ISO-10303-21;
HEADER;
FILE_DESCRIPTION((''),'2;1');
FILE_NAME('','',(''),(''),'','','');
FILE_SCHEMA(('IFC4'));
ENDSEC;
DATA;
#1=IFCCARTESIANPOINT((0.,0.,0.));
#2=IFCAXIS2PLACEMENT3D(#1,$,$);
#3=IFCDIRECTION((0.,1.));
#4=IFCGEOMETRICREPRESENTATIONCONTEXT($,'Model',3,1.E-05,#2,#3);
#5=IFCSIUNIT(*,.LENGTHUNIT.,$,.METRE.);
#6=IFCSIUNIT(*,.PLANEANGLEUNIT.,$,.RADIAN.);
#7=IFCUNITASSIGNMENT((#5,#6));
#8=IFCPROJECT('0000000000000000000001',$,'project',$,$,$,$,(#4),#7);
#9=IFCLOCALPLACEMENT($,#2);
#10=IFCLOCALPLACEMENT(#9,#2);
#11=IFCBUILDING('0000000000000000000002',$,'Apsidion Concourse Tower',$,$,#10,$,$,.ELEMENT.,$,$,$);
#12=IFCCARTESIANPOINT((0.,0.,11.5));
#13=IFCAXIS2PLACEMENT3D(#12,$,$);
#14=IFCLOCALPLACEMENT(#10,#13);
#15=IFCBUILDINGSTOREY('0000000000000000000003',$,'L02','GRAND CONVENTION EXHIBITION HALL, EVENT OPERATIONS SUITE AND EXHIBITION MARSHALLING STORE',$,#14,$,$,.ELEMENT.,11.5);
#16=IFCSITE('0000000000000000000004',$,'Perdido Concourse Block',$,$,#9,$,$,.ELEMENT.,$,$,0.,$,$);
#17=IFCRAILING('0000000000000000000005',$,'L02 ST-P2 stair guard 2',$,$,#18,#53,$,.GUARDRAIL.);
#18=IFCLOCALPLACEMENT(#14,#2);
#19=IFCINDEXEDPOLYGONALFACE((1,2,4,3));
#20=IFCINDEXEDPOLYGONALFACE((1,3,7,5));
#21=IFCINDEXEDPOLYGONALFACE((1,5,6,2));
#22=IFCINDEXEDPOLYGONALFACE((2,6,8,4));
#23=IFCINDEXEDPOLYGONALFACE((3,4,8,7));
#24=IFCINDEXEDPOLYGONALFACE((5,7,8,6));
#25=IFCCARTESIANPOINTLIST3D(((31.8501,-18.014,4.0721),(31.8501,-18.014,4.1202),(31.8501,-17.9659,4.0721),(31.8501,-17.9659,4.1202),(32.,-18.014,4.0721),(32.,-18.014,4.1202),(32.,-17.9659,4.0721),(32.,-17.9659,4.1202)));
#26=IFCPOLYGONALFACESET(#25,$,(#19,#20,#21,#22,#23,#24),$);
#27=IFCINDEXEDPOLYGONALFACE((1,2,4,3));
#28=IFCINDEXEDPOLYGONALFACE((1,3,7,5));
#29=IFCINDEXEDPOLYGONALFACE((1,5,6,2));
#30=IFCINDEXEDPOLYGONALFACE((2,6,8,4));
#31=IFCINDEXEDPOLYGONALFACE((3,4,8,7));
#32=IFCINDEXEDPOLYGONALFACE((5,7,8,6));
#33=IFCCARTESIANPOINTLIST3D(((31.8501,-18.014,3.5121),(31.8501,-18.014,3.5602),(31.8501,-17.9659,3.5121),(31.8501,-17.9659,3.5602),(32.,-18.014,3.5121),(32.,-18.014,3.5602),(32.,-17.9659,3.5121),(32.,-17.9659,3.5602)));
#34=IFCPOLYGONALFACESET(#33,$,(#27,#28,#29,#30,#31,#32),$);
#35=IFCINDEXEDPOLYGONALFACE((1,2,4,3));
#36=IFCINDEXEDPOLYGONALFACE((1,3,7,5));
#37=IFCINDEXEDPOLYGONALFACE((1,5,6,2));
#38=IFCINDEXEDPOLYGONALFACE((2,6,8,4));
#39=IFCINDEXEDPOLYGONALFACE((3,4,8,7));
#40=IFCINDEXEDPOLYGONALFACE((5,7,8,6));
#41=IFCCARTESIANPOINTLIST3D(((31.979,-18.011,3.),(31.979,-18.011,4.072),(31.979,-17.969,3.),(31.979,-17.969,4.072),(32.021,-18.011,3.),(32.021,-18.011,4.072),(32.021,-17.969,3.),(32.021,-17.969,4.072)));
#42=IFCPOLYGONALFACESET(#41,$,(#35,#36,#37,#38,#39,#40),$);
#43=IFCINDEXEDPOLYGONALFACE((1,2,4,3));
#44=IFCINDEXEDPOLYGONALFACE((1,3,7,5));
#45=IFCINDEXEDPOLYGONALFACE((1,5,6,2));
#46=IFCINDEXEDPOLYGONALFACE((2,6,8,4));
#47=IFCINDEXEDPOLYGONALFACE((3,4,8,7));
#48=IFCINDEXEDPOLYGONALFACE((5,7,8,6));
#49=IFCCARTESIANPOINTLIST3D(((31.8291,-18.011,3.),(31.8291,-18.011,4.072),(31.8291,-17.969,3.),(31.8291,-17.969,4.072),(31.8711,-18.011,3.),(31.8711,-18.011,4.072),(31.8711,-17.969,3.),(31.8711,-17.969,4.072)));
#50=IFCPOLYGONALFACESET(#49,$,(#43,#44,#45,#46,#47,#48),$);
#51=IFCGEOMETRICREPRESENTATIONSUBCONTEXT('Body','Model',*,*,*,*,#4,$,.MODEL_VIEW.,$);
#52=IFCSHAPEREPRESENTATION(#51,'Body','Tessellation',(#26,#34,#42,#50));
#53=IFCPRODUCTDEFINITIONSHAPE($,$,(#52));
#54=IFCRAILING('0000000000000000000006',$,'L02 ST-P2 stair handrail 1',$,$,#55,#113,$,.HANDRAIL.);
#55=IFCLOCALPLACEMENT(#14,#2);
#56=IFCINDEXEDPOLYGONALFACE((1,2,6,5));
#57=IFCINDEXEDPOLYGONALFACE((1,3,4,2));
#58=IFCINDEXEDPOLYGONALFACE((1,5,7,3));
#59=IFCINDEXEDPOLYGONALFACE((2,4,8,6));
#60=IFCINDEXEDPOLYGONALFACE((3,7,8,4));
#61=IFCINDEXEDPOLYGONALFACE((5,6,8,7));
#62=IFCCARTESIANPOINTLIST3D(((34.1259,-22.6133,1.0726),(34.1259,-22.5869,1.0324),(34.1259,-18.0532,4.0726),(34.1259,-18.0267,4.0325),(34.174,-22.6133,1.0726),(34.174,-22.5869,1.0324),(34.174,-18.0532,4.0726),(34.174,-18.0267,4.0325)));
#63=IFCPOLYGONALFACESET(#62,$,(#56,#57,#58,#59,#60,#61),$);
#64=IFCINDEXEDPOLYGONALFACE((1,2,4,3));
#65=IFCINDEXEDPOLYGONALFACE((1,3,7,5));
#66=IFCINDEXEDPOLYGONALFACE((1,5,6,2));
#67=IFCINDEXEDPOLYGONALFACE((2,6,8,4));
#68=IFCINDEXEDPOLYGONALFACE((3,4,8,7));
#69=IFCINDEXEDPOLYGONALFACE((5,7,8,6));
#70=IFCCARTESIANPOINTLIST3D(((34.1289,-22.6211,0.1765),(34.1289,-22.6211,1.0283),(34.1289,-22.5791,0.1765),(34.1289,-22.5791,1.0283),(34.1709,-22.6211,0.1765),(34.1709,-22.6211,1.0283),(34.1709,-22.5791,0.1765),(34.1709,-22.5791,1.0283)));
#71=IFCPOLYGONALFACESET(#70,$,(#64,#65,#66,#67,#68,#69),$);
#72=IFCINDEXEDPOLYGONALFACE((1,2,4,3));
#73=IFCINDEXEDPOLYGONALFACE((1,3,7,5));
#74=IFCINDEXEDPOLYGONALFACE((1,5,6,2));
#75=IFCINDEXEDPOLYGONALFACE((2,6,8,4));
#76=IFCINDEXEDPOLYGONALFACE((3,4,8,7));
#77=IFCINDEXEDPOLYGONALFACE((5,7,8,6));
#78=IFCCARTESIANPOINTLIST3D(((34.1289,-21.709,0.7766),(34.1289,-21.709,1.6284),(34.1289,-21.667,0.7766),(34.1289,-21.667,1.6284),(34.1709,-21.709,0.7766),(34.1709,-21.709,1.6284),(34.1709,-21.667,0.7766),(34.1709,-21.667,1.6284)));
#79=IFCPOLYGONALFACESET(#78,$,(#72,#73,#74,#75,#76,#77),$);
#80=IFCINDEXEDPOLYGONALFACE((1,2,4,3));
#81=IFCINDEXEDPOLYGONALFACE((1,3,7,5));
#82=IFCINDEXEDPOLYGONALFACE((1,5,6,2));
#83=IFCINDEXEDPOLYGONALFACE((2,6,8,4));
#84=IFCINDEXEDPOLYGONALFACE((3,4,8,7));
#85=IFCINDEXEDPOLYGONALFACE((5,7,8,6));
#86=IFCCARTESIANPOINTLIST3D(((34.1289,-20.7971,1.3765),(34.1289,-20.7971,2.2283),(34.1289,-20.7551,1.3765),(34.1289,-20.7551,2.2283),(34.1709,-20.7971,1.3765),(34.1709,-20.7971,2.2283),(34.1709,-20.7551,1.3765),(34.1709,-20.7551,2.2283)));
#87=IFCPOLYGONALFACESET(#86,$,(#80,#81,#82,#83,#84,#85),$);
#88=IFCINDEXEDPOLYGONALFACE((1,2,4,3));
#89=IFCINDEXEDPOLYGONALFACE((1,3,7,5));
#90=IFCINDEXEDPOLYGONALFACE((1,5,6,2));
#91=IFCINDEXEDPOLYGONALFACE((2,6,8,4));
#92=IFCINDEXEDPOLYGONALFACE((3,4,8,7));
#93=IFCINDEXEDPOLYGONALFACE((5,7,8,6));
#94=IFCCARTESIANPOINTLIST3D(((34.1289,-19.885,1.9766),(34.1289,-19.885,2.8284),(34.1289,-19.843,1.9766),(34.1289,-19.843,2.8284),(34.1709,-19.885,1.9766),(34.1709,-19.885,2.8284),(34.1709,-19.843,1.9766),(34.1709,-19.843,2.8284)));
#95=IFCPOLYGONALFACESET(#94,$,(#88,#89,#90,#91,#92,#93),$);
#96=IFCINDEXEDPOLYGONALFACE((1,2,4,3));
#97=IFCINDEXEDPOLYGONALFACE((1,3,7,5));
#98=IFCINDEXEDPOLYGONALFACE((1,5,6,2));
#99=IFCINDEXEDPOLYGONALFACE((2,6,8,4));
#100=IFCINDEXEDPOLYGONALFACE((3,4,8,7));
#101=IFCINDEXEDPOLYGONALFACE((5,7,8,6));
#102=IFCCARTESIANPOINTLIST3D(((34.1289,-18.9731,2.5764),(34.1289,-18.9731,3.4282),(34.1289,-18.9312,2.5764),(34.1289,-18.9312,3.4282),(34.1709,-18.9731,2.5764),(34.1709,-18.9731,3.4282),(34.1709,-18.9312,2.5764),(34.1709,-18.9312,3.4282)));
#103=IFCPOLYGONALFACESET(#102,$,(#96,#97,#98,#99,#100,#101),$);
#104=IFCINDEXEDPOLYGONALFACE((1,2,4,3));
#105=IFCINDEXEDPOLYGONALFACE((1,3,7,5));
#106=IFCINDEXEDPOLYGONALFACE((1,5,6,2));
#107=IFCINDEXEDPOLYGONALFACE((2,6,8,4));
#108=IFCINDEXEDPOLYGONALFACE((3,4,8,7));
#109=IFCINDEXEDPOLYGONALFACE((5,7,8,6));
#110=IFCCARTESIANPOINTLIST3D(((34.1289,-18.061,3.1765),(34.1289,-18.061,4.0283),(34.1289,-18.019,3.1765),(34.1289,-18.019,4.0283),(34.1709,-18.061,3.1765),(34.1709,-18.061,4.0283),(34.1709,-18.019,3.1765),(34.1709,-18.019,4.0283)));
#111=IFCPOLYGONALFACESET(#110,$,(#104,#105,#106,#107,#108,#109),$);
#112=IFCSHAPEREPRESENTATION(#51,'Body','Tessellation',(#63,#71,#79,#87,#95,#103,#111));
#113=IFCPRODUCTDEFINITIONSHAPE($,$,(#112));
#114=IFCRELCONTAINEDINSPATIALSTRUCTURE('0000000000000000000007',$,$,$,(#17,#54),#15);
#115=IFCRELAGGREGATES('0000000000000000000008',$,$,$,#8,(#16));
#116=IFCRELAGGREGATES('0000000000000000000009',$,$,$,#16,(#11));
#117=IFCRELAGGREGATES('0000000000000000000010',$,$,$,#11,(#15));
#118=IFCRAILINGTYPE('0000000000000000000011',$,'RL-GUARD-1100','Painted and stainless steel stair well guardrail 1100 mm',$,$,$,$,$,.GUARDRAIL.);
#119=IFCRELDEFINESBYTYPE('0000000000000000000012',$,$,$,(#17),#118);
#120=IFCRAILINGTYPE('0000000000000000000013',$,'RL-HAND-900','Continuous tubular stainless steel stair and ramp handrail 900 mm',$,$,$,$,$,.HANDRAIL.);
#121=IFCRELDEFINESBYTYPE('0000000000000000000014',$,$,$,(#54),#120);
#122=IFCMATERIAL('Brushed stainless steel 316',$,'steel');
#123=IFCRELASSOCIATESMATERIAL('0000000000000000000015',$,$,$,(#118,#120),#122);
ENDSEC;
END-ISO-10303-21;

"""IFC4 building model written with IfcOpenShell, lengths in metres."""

from ifc_helpers import new_model, si_unit, direction, frame, origin, origin_2d, place, context, subcontext, project, spatial, rectangle, extrude, material, type_object, element, save


model = new_model("IFC4")

# Units and contexts
model_context = context("Model", 3, precision=1e-05, world=origin(), true_north=direction((0.0, 1.0)))
body_context = subcontext(model_context, "Body", "Model", "MODEL_VIEW")
ifc_project = project(units=[si_unit("LENGTHUNIT", "METRE"), si_unit("PLANEANGLEUNIT", "RADIAN")], contexts=[model_context])

# Site, building, storey
site_placement = place(None, origin())
site = spatial("IfcSite", under=ifc_project, at=site_placement, Name="Perdido Concourse Block", CompositionType="ELEMENT", RefElevation=0.0)
building_placement = place(site_placement, origin())
building = spatial("IfcBuilding", under=site, at=building_placement, Name="Apsidion Concourse Tower", CompositionType="ELEMENT")
storey_placement = place(building_placement, frame((0.0, 0.0, 11.5)))
storey = spatial("IfcBuildingStorey", under=building, at=storey_placement, Name="L02", Description="GRAND CONVENTION EXHIBITION HALL, EVENT OPERATIONS SUITE AND EXHIBITION MARSHALLING STORE", CompositionType="ELEMENT", Elevation=11.5)

# Railings
ifc_material_1 = material(Name="Brushed stainless steel 316", Category="steel")
railing_type_1 = type_object("IfcRailingType", Name="RL-GUARD-1100", Description="Painted and stainless steel stair well guardrail 1100 mm", PredefinedType="GUARDRAIL", material=ifc_material_1)
railing_1_placement = place(storey_placement, frame((32.0, -17.99, 3.0)))
element("IfcRailing", 1, at=railing_1_placement, inside=storey, type_object=railing_type_1, Name="L02 ST-P2 stair guard 2", PredefinedType="GUARDRAIL", context=body_context, shape_type="SweptSolid", body=[
    extrude(rectangle(XDim=0.0481, YDim=0.0481, at=origin_2d()), frame((0.0, 0.0, 1.0962), z_axis=(-1.0, 0.0, 0.0), x_axis=(0.0, -1.0, 0.0)), (0.0, 0.0, 1.0), 0.1499),
    extrude(rectangle(XDim=0.0481, YDim=0.0481, at=origin_2d()), frame((0.0, 0.0, 0.5361), z_axis=(-1.0, 0.0, 0.0), x_axis=(0.0, -1.0, 0.0)), (0.0, 0.0, 1.0), 0.1499),
    extrude(rectangle(XDim=0.042, YDim=0.042, at=origin_2d()), origin(), (0.0, 0.0, 1.0), 1.072),
    extrude(rectangle(XDim=0.042, YDim=0.042, at=origin_2d()), frame((-0.1499, 0.0, 0.0)), (0.0, 0.0, 1.0), 1.072),
])
railing_type_2 = type_object("IfcRailingType", Name="RL-HAND-900", Description="Continuous tubular stainless steel stair and ramp handrail 900 mm", PredefinedType="HANDRAIL", material=ifc_material_1)
railing_2_placement = place(storey_placement, frame((34.1499, -22.6001, 0.1765)))
element("IfcRailing", 2, at=railing_2_placement, inside=storey, type_object=railing_type_2, Name="L02 ST-P2 stair handrail 1", PredefinedType="HANDRAIL", context=body_context, shape_type="SweptSolid", body=[
    extrude(rectangle(XDim=0.0481, YDim=0.0481, at=origin_2d()), frame((0.0, 0.0, 0.876), z_axis=(0.0, 0.83542, 0.549612), x_axis=(-1.0, 0.0, 0.0)), (0.0, 0.0, 1.0), 5.4585),
    extrude(rectangle(XDim=0.042, YDim=0.042, at=origin_2d()), origin(), (0.0, 0.0, 1.0), 0.8518),
    extrude(rectangle(XDim=0.042, YDim=0.042, at=origin_2d()), frame((0.0, 0.9121, 0.6001)), (0.0, 0.0, 1.0), 0.8518),
    extrude(rectangle(XDim=0.042, YDim=0.042, at=origin_2d()), frame((0.0, 1.824, 1.2)), (0.0, 0.0, 1.0), 0.8518),
    extrude(rectangle(XDim=0.042, YDim=0.042, at=origin_2d()), frame((0.0, 2.7361, 1.8)), (0.0, 0.0, 1.0), 0.8518),
    extrude(rectangle(XDim=0.042, YDim=0.042, at=origin_2d()), frame((0.0, 3.6479, 2.3999)), (0.0, 0.0, 1.0), 0.8518),
    extrude(rectangle(XDim=0.042, YDim=0.042, at=origin_2d()), frame((0.0, 4.5601, 3.0)), (0.0, 0.0, 1.0), 0.8518),
])

save(model, "model.ifc")
